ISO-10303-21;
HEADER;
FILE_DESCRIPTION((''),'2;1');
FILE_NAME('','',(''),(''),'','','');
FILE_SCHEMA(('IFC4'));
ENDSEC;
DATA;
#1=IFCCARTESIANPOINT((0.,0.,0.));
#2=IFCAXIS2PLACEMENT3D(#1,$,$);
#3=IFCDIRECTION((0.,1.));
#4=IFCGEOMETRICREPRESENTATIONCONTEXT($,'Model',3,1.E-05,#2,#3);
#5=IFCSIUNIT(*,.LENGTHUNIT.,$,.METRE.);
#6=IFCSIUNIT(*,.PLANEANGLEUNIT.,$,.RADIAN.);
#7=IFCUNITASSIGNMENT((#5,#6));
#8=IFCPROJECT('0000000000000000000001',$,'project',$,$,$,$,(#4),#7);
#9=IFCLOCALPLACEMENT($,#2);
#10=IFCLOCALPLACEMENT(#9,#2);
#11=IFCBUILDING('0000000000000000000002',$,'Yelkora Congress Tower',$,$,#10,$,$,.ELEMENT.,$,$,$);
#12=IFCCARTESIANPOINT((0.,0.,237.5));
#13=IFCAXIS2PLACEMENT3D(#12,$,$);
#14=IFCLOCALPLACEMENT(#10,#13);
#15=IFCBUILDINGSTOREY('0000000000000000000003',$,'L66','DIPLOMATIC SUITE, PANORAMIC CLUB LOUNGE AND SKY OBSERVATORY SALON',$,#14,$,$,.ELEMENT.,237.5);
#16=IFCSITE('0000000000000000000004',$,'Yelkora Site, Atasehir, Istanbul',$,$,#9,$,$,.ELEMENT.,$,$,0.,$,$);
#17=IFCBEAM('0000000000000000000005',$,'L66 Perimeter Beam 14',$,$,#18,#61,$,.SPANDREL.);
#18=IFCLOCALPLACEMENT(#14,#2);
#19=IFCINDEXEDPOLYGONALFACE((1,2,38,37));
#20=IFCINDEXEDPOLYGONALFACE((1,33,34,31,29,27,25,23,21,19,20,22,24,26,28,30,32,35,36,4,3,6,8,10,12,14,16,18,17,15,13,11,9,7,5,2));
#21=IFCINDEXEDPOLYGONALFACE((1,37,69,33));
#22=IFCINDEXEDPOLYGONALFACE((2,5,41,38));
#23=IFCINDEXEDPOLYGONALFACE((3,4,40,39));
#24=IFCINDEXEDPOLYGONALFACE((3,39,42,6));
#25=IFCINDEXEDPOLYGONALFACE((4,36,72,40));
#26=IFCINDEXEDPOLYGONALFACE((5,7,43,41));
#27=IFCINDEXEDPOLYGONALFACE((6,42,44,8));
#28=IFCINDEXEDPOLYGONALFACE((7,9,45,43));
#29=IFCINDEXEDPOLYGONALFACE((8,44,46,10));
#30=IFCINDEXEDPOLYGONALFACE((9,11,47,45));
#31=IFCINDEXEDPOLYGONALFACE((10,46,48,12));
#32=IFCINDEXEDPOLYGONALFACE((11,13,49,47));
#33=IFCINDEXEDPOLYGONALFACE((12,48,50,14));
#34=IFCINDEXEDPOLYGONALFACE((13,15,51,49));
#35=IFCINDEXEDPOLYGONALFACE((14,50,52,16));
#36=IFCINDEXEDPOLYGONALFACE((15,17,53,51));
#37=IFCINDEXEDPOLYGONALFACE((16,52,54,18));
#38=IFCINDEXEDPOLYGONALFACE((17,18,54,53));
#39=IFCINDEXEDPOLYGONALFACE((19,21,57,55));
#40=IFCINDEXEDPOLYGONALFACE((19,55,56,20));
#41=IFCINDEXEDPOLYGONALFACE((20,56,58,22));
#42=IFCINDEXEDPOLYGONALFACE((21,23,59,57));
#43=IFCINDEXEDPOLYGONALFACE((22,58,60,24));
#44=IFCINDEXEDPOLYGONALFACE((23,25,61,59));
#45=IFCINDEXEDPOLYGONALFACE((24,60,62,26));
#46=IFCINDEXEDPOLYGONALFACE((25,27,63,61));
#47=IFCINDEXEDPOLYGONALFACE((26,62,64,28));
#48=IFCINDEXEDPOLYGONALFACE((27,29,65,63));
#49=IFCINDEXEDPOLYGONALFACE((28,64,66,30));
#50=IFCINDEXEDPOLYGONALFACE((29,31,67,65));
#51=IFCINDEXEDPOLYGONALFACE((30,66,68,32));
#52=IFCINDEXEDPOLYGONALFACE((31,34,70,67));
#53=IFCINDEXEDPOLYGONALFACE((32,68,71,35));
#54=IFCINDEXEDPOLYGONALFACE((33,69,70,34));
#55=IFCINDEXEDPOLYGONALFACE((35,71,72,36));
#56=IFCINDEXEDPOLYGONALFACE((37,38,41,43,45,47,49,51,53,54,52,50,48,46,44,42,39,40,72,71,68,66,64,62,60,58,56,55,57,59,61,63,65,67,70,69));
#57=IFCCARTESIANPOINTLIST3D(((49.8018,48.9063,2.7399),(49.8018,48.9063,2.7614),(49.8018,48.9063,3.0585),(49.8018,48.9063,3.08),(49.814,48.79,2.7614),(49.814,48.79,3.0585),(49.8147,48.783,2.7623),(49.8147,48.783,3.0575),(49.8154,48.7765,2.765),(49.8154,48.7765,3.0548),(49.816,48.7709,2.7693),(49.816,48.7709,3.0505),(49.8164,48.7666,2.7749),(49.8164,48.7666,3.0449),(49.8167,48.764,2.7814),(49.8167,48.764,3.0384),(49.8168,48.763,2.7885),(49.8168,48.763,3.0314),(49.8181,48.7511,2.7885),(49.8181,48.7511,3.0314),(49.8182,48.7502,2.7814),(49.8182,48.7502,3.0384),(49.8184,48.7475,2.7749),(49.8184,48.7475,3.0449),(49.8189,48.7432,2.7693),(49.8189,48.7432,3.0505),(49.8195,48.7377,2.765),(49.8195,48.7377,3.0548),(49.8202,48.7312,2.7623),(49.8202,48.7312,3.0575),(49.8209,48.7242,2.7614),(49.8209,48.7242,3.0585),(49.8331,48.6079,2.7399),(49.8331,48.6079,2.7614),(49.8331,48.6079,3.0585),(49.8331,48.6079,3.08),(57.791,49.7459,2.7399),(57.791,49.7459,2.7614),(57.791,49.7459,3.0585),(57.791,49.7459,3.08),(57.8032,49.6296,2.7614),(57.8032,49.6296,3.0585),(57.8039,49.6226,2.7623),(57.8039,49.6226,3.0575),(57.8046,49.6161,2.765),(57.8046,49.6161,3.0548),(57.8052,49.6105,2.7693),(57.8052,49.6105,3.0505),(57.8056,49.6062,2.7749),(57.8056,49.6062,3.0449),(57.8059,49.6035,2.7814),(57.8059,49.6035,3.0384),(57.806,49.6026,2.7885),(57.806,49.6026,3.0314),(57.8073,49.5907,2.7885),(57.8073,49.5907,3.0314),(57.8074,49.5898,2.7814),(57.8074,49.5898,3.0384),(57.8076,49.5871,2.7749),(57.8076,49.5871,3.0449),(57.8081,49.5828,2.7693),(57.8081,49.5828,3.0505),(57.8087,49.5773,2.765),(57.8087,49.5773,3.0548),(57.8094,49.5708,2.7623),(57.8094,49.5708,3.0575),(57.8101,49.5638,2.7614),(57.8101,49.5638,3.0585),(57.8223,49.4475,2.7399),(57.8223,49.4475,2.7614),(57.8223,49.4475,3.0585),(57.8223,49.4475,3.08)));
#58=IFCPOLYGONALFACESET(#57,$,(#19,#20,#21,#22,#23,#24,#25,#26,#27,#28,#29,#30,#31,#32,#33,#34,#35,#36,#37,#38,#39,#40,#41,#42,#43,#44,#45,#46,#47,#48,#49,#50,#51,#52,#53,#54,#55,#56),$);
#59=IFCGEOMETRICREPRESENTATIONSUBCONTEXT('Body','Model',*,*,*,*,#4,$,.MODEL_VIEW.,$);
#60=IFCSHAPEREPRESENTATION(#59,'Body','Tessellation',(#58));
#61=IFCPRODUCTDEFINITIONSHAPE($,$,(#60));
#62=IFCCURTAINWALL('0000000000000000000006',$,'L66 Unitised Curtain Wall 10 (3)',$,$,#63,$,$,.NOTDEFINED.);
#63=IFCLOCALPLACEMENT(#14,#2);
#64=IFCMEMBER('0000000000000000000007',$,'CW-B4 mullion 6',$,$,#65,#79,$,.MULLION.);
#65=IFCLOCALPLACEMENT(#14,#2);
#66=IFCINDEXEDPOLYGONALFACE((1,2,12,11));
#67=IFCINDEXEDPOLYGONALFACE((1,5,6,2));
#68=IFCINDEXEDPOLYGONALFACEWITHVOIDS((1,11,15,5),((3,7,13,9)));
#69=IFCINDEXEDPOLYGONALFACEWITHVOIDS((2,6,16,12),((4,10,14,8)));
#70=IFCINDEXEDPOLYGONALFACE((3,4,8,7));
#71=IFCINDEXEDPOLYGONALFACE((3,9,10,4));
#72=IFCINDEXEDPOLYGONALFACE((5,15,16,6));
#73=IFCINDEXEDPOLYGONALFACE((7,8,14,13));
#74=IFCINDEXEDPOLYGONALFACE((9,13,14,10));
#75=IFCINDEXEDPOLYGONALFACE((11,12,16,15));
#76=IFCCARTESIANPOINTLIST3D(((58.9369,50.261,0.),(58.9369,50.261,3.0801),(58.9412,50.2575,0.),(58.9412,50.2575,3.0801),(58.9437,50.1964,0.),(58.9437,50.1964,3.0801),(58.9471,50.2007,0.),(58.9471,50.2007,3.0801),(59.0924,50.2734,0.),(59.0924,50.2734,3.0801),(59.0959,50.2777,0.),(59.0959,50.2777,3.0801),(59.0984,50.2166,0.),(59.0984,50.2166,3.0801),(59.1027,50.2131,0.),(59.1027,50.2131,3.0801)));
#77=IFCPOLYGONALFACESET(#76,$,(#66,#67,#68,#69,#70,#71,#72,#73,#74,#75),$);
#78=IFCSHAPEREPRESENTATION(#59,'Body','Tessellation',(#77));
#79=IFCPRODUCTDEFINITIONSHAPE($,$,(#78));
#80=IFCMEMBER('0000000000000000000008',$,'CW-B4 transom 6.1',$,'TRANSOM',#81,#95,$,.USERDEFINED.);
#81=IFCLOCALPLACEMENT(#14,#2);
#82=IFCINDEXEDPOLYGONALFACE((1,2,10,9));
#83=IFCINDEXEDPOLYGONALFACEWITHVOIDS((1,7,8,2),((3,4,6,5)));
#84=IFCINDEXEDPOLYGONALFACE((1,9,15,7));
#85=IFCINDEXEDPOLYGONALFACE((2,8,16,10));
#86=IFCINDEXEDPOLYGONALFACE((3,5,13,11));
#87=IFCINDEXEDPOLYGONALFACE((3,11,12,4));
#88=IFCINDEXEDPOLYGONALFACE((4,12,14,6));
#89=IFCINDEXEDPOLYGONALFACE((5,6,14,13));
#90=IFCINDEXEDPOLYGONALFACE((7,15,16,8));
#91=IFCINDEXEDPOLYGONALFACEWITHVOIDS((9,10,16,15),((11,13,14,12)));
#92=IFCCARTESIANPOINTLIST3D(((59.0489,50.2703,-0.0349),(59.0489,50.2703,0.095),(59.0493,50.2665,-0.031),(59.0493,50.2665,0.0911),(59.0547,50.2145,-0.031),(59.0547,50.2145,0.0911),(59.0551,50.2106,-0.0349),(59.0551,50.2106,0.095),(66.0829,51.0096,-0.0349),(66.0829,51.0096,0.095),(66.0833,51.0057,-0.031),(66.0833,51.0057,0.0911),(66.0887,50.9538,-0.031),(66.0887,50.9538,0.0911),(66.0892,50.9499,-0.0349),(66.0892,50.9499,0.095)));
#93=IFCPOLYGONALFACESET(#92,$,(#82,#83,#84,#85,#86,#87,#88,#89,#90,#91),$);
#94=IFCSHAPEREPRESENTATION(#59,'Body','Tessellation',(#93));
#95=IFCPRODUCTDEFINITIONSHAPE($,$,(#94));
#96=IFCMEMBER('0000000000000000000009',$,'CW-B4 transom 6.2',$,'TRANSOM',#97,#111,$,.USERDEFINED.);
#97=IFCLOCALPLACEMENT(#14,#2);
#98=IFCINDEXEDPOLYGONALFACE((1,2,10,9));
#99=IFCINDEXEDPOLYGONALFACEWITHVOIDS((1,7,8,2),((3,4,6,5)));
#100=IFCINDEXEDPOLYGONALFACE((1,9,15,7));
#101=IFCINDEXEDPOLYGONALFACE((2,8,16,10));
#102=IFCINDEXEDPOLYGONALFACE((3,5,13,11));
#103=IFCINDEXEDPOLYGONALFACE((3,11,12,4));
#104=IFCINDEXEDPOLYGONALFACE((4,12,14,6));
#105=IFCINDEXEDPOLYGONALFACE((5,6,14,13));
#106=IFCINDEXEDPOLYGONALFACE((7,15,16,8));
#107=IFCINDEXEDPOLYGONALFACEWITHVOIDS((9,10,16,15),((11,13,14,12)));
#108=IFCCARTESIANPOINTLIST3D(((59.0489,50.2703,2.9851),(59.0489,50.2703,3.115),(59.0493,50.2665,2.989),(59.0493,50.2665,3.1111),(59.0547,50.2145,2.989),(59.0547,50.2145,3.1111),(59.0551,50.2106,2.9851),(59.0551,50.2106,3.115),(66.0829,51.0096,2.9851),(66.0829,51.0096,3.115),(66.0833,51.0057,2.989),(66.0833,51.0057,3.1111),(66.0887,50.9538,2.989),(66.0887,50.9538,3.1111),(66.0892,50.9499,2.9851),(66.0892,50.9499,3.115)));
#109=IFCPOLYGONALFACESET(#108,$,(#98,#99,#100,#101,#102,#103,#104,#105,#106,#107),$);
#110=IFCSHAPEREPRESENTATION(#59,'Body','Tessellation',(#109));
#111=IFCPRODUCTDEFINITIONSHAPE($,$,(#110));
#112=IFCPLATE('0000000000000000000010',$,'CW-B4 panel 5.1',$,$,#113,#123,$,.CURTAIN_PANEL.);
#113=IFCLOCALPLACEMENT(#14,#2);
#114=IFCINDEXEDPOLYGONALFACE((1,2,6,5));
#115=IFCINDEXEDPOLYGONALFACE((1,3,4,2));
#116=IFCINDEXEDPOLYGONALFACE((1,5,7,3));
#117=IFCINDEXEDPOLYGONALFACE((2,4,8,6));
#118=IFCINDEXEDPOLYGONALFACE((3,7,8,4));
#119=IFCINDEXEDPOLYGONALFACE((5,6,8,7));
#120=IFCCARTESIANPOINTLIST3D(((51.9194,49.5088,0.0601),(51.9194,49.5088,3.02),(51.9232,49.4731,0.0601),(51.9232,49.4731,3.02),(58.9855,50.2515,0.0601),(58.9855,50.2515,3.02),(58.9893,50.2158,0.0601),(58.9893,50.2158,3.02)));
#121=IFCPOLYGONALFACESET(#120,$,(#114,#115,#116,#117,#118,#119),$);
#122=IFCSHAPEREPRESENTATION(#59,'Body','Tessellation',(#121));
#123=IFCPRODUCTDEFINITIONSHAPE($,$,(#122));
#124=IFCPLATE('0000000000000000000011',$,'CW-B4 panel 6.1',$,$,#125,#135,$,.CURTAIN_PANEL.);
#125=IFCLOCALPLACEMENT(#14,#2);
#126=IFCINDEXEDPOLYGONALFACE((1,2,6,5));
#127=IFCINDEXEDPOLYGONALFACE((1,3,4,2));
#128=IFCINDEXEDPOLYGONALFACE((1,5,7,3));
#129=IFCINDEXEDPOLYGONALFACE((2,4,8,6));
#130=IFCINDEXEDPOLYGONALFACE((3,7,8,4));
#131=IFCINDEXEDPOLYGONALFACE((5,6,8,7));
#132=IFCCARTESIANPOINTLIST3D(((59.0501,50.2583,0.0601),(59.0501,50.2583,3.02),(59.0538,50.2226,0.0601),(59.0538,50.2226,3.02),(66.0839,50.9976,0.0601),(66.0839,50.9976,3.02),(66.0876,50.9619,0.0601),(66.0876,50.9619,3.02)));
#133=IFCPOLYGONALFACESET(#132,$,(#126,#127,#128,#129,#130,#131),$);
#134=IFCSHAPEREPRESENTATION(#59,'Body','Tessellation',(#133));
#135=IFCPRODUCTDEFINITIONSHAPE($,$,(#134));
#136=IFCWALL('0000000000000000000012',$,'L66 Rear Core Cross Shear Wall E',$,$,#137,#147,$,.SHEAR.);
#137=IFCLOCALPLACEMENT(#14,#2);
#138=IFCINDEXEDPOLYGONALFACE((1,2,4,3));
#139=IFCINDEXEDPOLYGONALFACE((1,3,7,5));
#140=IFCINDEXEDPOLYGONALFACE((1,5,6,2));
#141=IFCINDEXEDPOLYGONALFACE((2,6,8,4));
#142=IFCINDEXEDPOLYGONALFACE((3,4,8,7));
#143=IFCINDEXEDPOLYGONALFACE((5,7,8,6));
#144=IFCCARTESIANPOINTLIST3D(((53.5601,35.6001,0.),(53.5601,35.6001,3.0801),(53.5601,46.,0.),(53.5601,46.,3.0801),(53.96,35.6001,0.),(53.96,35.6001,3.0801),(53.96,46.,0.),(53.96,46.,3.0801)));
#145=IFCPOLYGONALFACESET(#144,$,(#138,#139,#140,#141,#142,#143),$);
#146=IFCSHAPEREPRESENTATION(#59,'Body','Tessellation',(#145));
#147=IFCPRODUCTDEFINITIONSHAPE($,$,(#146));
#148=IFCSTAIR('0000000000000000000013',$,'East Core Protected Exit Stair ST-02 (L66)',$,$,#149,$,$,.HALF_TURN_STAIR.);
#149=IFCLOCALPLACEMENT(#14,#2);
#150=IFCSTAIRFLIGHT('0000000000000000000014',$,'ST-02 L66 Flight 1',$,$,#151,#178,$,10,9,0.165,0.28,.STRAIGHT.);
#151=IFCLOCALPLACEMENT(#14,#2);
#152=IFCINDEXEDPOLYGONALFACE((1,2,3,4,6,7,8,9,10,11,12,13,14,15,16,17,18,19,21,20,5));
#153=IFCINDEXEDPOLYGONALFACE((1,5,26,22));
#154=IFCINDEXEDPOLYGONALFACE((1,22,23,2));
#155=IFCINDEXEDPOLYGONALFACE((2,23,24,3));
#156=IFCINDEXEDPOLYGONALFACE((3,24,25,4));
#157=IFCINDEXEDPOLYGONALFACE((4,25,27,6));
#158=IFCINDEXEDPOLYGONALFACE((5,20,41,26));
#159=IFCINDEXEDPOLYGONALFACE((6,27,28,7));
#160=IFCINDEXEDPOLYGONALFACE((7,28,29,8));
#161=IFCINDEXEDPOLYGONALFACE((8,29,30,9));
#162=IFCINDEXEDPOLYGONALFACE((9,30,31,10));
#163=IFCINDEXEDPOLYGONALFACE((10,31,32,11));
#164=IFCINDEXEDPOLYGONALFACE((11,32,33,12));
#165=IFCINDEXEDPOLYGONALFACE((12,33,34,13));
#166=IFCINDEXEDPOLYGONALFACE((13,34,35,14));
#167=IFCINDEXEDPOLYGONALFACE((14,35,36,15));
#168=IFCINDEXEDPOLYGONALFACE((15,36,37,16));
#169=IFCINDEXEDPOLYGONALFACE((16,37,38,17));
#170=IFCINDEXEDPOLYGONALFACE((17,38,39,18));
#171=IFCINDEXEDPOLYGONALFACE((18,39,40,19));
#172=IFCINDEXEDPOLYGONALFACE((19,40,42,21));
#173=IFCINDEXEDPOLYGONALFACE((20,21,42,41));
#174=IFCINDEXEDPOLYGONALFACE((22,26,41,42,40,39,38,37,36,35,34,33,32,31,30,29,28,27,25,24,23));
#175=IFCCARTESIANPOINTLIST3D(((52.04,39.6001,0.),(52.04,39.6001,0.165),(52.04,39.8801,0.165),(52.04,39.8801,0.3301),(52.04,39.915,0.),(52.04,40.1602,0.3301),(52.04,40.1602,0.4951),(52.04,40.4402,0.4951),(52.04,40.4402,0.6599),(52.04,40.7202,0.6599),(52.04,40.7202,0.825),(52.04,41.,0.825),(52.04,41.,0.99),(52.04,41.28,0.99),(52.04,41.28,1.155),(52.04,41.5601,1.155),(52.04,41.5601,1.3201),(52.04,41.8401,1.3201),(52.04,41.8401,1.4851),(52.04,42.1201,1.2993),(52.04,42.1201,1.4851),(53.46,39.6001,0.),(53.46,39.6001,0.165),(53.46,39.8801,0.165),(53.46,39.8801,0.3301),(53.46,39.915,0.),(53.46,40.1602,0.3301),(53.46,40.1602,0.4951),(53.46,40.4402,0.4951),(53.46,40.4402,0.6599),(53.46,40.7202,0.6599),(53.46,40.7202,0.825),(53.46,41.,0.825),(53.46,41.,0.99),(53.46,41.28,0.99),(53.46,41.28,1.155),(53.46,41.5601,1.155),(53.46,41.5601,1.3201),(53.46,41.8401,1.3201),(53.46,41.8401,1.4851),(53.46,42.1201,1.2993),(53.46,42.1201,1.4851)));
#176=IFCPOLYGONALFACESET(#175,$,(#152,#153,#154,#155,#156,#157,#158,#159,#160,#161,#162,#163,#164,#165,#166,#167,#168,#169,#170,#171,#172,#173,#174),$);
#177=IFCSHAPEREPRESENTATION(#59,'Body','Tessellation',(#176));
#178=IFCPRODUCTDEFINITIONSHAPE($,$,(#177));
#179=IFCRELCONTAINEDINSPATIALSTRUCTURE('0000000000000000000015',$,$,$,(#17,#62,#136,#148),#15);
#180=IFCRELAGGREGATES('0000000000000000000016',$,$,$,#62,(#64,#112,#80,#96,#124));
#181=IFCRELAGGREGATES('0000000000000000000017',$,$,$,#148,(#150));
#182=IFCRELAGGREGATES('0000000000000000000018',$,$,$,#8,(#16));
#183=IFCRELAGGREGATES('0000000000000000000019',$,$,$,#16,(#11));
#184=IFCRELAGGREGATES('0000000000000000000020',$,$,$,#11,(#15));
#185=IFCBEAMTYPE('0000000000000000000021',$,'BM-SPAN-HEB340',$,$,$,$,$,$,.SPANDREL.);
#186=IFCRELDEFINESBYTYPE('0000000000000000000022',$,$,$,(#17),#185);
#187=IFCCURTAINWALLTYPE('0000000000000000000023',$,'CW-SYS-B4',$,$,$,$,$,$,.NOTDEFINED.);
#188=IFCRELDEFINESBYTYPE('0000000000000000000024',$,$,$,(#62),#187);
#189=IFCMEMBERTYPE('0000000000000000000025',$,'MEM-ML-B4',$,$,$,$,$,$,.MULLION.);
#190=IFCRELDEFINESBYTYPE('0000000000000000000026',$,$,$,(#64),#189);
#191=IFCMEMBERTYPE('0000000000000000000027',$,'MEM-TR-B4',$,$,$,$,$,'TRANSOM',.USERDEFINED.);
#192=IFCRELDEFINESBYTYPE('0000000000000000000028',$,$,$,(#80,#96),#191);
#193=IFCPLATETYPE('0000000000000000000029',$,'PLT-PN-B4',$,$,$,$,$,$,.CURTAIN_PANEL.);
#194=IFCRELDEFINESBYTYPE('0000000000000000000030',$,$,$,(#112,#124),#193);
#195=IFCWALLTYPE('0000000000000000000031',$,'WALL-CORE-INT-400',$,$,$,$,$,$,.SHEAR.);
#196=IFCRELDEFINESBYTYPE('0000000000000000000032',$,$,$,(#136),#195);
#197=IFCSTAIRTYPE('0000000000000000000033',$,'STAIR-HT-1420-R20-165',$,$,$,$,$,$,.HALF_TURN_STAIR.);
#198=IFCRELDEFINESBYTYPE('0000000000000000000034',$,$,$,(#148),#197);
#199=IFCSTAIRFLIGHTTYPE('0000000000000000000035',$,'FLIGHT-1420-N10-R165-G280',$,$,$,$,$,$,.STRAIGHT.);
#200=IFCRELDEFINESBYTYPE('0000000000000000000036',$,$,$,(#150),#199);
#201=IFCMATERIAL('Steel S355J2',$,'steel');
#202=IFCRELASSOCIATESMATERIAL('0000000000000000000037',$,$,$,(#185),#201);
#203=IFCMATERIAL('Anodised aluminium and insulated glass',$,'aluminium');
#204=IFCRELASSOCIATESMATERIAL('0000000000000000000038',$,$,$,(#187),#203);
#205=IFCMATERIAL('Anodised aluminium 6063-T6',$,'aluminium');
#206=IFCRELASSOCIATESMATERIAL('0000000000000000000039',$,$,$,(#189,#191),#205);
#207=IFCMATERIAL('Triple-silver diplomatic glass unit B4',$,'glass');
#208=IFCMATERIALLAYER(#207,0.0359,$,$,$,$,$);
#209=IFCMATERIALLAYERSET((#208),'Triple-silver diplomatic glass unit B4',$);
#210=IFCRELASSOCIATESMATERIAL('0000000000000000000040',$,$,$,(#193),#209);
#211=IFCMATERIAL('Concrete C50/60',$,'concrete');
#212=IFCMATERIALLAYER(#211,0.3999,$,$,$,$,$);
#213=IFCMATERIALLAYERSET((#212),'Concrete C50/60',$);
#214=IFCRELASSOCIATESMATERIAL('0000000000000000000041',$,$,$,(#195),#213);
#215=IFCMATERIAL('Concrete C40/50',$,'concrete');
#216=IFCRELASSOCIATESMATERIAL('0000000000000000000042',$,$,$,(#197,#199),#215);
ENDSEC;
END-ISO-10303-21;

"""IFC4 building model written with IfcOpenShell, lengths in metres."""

from ifc_helpers import new_model, si_unit, direction, frame, frame_2d, origin, origin_2d, place, context, subcontext, project, spatial, polyline, rectangle, hollow_rectangle, i_section, outline, extrude, material, layer, layer_set, material_profile, profile_set, type_object, element, aggregate, save


model = new_model("IFC4")

# Units and contexts
model_context = context("Model", 3, precision=1e-05, world=origin(), true_north=direction((0.0, 1.0)))
body_context = subcontext(model_context, "Body", "Model", "MODEL_VIEW")
ifc_project = project(units=[si_unit("LENGTHUNIT", "METRE"), si_unit("PLANEANGLEUNIT", "RADIAN")], contexts=[model_context])

# Site, building, storey
site_placement = place(None, origin())
site = spatial("IfcSite", under=ifc_project, at=site_placement, Name="Yelkora Site, Atasehir, Istanbul", CompositionType="ELEMENT", RefElevation=0.0)
building_placement = place(site_placement, origin())
building = spatial("IfcBuilding", under=site, at=building_placement, Name="Yelkora Congress Tower", CompositionType="ELEMENT")
storey_placement = place(building_placement, frame((0.0, 0.0, 237.5)))
storey = spatial("IfcBuildingStorey", under=building, at=storey_placement, Name="L66", Description="DIPLOMATIC SUITE, PANORAMIC CLUB LOUNGE AND SKY OBSERVATORY SALON", CompositionType="ELEMENT", Elevation=237.5)

# Shared definitions
ifc_material_1 = material(Name="Steel S355J2", Category="steel")

# Beam
ifc_material_profile_1 = material_profile(ifc_material_1, i_section(OverallWidth=0.3, OverallDepth=0.3401, WebThickness=0.012, FlangeThickness=0.0215, FilletRadius=0.0271, at=origin_2d()), Name="HEB 340")
ifc_profile_set_1 = profile_set([ifc_material_profile_1], Name="Steel S355J2")
beam_type_1 = type_object("IfcBeamType", Name="BM-SPAN-HEB340", PredefinedType="SPANDREL", material=ifc_profile_set_1)
for number, where, z_axis, x_axis, name in (
    (1, (57.8066, 49.5967, 2.9099), (-0.994523, -0.104516, 0.0), (0.104516, -0.994523, 0.0), "L66 Perimeter Beam 14"),
):
    element("IfcBeam", number, at=place(storey_placement, frame(where, z_axis=z_axis, x_axis=x_axis)), inside=storey, type_object=beam_type_1, Name=name, PredefinedType="SPANDREL", context=body_context, shape_type="SweptSolid", body=[
        extrude(i_section(OverallWidth=0.3, OverallDepth=0.3401, WebThickness=0.012, FlangeThickness=0.0215, FilletRadius=0.0271, at=origin_2d()), origin(), (0.0, 0.0, 1.0), 8.0332),
    ])

# Curtain wall, members, plates
ifc_material_2 = material(Name="Anodised aluminium and insulated glass", Category="aluminium")
curtain_wall_type = type_object("IfcCurtainWallType", Name="CW-SYS-B4", PredefinedType="NOTDEFINED", material=ifc_material_2)
curtain_wall_placement = place(storey_placement, origin())
curtain_wall = element("IfcCurtainWall", 2, at=curtain_wall_placement, inside=storey, type_object=curtain_wall_type, Name="L66 Unitised Curtain Wall 10 (3)", PredefinedType="NOTDEFINED")
ifc_material_3 = material(Name="Anodised aluminium 6063-T6", Category="aluminium")
ifc_material_profile_2 = material_profile(ifc_material_3, hollow_rectangle(XDim=0.0649, YDim=0.1599, WallThickness=0.0039, at=origin_2d()), Name="ALU 65x160x4")
ifc_profile_set_2 = profile_set([ifc_material_profile_2], Name="Anodised aluminium 6063-T6")
member_type_1 = type_object("IfcMemberType", Name="MEM-ML-B4", PredefinedType="MULLION", material=ifc_profile_set_2)
member_1_placement = place(storey_placement, frame((59.0198, 50.2371, 0.0), z_axis=(0.0, 0.0, 1.0), x_axis=(-0.104528, 0.994522, 0.0)))
member_1 = element("IfcMember", 3, at=member_1_placement, type_object=member_type_1, Name="CW-B4 mullion 6", PredefinedType="MULLION", context=body_context, shape_type="SweptSolid", body=[
    extrude(hollow_rectangle(XDim=0.0649, YDim=0.1599, WallThickness=0.0039, at=origin_2d()), origin(), (0.0, 0.0, 1.0), 3.0801),
])
ifc_material_profile_3 = material_profile(ifc_material_3, hollow_rectangle(XDim=0.0601, YDim=0.1299, WallThickness=0.0039, at=origin_2d()), Name="ALU 60x130x4")
ifc_profile_set_3 = profile_set([ifc_material_profile_3], Name="Anodised aluminium 6063-T6")
member_type_2 = type_object("IfcMemberType", Name="MEM-TR-B4", ElementType="TRANSOM", PredefinedType="USERDEFINED", material=ifc_profile_set_3)
member_2_placement = place(storey_placement, frame((59.052, 50.2405, 0.03), z_axis=(0.994522, 0.104523, 0.0), x_axis=(-0.104523, 0.994522, 0.0)))
member_2 = element("IfcMember", 4, at=member_2_placement, type_object=member_type_2, Name="CW-B4 transom 6.1", ObjectType="TRANSOM", PredefinedType="USERDEFINED", context=body_context, shape_type="SweptSolid", body=[
    extrude(hollow_rectangle(XDim=0.0601, YDim=0.1299, WallThickness=0.0039, at=origin_2d()), origin(), (0.0, 0.0, 1.0), 7.0728),
])
member_3_placement = place(storey_placement, frame((59.052, 50.2405, 3.05), z_axis=(0.994522, 0.104523, 0.0), x_axis=(-0.104523, 0.994522, 0.0)))
member_3 = element("IfcMember", 5, at=member_3_placement, type_object=member_type_2, Name="CW-B4 transom 6.2", ObjectType="TRANSOM", PredefinedType="USERDEFINED", context=body_context, shape_type="SweptSolid", body=[
    extrude(hollow_rectangle(XDim=0.0601, YDim=0.1299, WallThickness=0.0039, at=origin_2d()), origin(), (0.0, 0.0, 1.0), 7.0728),
])
ifc_material_4 = material(Name="Triple-silver diplomatic glass unit B4", Category="glass")
ifc_layer_1 = layer(ifc_material_4, 0.0359)
ifc_layer_set_1 = layer_set([ifc_layer_1], Name="Triple-silver diplomatic glass unit B4")
plate_type = type_object("IfcPlateType", Name="PLT-PN-B4", PredefinedType="CURTAIN_PANEL", material=ifc_layer_set_1)
plate_1_placement = place(storey_placement, frame((55.4543, 49.8623, 0.0601), z_axis=(0.0, 0.0, 1.0), x_axis=(0.994522, 0.104528, 0.0)))
plate_1 = element("IfcPlate", 6, at=plate_1_placement, type_object=plate_type, Name="CW-B4 panel 5.1", PredefinedType="CURTAIN_PANEL", context=body_context, shape_type="SweptSolid", body=[
    extrude(rectangle(XDim=7.105, YDim=0.0359, at=origin_2d()), origin(), (0.0, 0.0, 1.0), 2.96),
])
plate_2_placement = place(storey_placement, frame((62.5688, 50.6101, 0.0601), z_axis=(0.0, 0.0, 1.0), x_axis=(0.994522, 0.104528, 0.0)))
plate_2 = element("IfcPlate", 7, at=plate_2_placement, type_object=plate_type, Name="CW-B4 panel 6.1", PredefinedType="CURTAIN_PANEL", context=body_context, shape_type="SweptSolid", body=[
    extrude(rectangle(XDim=7.0725, YDim=0.0359, at=origin_2d()), origin(), (0.0, 0.0, 1.0), 2.96),
])
aggregate(curtain_wall, [member_1, plate_1, member_2, member_3, plate_2])

# Wall
ifc_material_5 = material(Name="Concrete C50/60", Category="concrete")
ifc_layer_2 = layer(ifc_material_5, 0.3999)
ifc_layer_set_2 = layer_set([ifc_layer_2], Name="Concrete C50/60")
wall_type = type_object("IfcWallType", Name="WALL-CORE-INT-400", PredefinedType="SHEAR", material=ifc_layer_set_2)
wall_placement = place(storey_placement, frame((53.76, 35.6001, 0.0), z_axis=(0.0, 0.0, 1.0), x_axis=(0.0, 1.0, 0.0)))
element("IfcWall", 8, at=wall_placement, inside=storey, type_object=wall_type, Name="L66 Rear Core Cross Shear Wall E", PredefinedType="SHEAR", context=body_context, shape_type="SweptSolid", body=[
    extrude(rectangle(XDim=10.3999, YDim=0.3999, at=frame_2d((5.2, 0.0))), origin(), (0.0, 0.0, 1.0), 3.0801),
])

# Stair, stair flight
ifc_material_6 = material(Name="Concrete C40/50", Category="concrete")
stair_type = type_object("IfcStairType", Name="STAIR-HT-1420-R20-165", PredefinedType="HALF_TURN_STAIR", material=ifc_material_6)
stair_placement = place(storey_placement, origin())
stair = element("IfcStair", 9, at=stair_placement, inside=storey, type_object=stair_type, Name="East Core Protected Exit Stair ST-02 (L66)", PredefinedType="HALF_TURN_STAIR")
stair_flight_type = type_object("IfcStairFlightType", Name="FLIGHT-1420-N10-R165-G280", PredefinedType="STRAIGHT", material=ifc_material_6)
stair_flight_placement = place(storey_placement, frame((52.75, 39.6001, 0.0), z_axis=(0.0, 0.0, 1.0), x_axis=(0.0, 1.0, 0.0)))
stair_flight = element("IfcStairFlight", 10, at=stair_flight_placement, type_object=stair_flight_type, Name="ST-02 L66 Flight 1", NumberOfRisers=10, NumberOfTreads=9, PredefinedType="STRAIGHT", RiserHeight=0.165, TreadLength=0.28, context=body_context, shape_type="SweptSolid", body=[
    extrude(outline(polyline([(0.0, 0.0), (0.0, 0.165), (0.28, 0.165), (0.28, 0.3301), (0.5601, 0.3301), (0.5601, 0.4951), (0.8401, 0.4951), (0.8401, 0.6599), (1.1201, 0.6599), (1.1201, 0.825), (1.3999, 0.825), (1.3999, 0.99), (1.6799, 0.99), (1.6799, 1.155), (1.96, 1.155), (1.96, 1.3201), (2.24, 1.3201), (2.24, 1.4851), (2.52, 1.4851), (2.52, 1.6499), (2.52, 1.2993), (0.3149, 0.0), (0.0, 0.0)])), frame((0.0, 0.71, 0.0), z_axis=(0.0, -1.0, 0.0), x_axis=(1.0, 0.0, 0.0)), (0.0, 0.0, 1.0), 1.4199),
])
aggregate(stair, [stair_flight])

save(model, "model.ifc")
